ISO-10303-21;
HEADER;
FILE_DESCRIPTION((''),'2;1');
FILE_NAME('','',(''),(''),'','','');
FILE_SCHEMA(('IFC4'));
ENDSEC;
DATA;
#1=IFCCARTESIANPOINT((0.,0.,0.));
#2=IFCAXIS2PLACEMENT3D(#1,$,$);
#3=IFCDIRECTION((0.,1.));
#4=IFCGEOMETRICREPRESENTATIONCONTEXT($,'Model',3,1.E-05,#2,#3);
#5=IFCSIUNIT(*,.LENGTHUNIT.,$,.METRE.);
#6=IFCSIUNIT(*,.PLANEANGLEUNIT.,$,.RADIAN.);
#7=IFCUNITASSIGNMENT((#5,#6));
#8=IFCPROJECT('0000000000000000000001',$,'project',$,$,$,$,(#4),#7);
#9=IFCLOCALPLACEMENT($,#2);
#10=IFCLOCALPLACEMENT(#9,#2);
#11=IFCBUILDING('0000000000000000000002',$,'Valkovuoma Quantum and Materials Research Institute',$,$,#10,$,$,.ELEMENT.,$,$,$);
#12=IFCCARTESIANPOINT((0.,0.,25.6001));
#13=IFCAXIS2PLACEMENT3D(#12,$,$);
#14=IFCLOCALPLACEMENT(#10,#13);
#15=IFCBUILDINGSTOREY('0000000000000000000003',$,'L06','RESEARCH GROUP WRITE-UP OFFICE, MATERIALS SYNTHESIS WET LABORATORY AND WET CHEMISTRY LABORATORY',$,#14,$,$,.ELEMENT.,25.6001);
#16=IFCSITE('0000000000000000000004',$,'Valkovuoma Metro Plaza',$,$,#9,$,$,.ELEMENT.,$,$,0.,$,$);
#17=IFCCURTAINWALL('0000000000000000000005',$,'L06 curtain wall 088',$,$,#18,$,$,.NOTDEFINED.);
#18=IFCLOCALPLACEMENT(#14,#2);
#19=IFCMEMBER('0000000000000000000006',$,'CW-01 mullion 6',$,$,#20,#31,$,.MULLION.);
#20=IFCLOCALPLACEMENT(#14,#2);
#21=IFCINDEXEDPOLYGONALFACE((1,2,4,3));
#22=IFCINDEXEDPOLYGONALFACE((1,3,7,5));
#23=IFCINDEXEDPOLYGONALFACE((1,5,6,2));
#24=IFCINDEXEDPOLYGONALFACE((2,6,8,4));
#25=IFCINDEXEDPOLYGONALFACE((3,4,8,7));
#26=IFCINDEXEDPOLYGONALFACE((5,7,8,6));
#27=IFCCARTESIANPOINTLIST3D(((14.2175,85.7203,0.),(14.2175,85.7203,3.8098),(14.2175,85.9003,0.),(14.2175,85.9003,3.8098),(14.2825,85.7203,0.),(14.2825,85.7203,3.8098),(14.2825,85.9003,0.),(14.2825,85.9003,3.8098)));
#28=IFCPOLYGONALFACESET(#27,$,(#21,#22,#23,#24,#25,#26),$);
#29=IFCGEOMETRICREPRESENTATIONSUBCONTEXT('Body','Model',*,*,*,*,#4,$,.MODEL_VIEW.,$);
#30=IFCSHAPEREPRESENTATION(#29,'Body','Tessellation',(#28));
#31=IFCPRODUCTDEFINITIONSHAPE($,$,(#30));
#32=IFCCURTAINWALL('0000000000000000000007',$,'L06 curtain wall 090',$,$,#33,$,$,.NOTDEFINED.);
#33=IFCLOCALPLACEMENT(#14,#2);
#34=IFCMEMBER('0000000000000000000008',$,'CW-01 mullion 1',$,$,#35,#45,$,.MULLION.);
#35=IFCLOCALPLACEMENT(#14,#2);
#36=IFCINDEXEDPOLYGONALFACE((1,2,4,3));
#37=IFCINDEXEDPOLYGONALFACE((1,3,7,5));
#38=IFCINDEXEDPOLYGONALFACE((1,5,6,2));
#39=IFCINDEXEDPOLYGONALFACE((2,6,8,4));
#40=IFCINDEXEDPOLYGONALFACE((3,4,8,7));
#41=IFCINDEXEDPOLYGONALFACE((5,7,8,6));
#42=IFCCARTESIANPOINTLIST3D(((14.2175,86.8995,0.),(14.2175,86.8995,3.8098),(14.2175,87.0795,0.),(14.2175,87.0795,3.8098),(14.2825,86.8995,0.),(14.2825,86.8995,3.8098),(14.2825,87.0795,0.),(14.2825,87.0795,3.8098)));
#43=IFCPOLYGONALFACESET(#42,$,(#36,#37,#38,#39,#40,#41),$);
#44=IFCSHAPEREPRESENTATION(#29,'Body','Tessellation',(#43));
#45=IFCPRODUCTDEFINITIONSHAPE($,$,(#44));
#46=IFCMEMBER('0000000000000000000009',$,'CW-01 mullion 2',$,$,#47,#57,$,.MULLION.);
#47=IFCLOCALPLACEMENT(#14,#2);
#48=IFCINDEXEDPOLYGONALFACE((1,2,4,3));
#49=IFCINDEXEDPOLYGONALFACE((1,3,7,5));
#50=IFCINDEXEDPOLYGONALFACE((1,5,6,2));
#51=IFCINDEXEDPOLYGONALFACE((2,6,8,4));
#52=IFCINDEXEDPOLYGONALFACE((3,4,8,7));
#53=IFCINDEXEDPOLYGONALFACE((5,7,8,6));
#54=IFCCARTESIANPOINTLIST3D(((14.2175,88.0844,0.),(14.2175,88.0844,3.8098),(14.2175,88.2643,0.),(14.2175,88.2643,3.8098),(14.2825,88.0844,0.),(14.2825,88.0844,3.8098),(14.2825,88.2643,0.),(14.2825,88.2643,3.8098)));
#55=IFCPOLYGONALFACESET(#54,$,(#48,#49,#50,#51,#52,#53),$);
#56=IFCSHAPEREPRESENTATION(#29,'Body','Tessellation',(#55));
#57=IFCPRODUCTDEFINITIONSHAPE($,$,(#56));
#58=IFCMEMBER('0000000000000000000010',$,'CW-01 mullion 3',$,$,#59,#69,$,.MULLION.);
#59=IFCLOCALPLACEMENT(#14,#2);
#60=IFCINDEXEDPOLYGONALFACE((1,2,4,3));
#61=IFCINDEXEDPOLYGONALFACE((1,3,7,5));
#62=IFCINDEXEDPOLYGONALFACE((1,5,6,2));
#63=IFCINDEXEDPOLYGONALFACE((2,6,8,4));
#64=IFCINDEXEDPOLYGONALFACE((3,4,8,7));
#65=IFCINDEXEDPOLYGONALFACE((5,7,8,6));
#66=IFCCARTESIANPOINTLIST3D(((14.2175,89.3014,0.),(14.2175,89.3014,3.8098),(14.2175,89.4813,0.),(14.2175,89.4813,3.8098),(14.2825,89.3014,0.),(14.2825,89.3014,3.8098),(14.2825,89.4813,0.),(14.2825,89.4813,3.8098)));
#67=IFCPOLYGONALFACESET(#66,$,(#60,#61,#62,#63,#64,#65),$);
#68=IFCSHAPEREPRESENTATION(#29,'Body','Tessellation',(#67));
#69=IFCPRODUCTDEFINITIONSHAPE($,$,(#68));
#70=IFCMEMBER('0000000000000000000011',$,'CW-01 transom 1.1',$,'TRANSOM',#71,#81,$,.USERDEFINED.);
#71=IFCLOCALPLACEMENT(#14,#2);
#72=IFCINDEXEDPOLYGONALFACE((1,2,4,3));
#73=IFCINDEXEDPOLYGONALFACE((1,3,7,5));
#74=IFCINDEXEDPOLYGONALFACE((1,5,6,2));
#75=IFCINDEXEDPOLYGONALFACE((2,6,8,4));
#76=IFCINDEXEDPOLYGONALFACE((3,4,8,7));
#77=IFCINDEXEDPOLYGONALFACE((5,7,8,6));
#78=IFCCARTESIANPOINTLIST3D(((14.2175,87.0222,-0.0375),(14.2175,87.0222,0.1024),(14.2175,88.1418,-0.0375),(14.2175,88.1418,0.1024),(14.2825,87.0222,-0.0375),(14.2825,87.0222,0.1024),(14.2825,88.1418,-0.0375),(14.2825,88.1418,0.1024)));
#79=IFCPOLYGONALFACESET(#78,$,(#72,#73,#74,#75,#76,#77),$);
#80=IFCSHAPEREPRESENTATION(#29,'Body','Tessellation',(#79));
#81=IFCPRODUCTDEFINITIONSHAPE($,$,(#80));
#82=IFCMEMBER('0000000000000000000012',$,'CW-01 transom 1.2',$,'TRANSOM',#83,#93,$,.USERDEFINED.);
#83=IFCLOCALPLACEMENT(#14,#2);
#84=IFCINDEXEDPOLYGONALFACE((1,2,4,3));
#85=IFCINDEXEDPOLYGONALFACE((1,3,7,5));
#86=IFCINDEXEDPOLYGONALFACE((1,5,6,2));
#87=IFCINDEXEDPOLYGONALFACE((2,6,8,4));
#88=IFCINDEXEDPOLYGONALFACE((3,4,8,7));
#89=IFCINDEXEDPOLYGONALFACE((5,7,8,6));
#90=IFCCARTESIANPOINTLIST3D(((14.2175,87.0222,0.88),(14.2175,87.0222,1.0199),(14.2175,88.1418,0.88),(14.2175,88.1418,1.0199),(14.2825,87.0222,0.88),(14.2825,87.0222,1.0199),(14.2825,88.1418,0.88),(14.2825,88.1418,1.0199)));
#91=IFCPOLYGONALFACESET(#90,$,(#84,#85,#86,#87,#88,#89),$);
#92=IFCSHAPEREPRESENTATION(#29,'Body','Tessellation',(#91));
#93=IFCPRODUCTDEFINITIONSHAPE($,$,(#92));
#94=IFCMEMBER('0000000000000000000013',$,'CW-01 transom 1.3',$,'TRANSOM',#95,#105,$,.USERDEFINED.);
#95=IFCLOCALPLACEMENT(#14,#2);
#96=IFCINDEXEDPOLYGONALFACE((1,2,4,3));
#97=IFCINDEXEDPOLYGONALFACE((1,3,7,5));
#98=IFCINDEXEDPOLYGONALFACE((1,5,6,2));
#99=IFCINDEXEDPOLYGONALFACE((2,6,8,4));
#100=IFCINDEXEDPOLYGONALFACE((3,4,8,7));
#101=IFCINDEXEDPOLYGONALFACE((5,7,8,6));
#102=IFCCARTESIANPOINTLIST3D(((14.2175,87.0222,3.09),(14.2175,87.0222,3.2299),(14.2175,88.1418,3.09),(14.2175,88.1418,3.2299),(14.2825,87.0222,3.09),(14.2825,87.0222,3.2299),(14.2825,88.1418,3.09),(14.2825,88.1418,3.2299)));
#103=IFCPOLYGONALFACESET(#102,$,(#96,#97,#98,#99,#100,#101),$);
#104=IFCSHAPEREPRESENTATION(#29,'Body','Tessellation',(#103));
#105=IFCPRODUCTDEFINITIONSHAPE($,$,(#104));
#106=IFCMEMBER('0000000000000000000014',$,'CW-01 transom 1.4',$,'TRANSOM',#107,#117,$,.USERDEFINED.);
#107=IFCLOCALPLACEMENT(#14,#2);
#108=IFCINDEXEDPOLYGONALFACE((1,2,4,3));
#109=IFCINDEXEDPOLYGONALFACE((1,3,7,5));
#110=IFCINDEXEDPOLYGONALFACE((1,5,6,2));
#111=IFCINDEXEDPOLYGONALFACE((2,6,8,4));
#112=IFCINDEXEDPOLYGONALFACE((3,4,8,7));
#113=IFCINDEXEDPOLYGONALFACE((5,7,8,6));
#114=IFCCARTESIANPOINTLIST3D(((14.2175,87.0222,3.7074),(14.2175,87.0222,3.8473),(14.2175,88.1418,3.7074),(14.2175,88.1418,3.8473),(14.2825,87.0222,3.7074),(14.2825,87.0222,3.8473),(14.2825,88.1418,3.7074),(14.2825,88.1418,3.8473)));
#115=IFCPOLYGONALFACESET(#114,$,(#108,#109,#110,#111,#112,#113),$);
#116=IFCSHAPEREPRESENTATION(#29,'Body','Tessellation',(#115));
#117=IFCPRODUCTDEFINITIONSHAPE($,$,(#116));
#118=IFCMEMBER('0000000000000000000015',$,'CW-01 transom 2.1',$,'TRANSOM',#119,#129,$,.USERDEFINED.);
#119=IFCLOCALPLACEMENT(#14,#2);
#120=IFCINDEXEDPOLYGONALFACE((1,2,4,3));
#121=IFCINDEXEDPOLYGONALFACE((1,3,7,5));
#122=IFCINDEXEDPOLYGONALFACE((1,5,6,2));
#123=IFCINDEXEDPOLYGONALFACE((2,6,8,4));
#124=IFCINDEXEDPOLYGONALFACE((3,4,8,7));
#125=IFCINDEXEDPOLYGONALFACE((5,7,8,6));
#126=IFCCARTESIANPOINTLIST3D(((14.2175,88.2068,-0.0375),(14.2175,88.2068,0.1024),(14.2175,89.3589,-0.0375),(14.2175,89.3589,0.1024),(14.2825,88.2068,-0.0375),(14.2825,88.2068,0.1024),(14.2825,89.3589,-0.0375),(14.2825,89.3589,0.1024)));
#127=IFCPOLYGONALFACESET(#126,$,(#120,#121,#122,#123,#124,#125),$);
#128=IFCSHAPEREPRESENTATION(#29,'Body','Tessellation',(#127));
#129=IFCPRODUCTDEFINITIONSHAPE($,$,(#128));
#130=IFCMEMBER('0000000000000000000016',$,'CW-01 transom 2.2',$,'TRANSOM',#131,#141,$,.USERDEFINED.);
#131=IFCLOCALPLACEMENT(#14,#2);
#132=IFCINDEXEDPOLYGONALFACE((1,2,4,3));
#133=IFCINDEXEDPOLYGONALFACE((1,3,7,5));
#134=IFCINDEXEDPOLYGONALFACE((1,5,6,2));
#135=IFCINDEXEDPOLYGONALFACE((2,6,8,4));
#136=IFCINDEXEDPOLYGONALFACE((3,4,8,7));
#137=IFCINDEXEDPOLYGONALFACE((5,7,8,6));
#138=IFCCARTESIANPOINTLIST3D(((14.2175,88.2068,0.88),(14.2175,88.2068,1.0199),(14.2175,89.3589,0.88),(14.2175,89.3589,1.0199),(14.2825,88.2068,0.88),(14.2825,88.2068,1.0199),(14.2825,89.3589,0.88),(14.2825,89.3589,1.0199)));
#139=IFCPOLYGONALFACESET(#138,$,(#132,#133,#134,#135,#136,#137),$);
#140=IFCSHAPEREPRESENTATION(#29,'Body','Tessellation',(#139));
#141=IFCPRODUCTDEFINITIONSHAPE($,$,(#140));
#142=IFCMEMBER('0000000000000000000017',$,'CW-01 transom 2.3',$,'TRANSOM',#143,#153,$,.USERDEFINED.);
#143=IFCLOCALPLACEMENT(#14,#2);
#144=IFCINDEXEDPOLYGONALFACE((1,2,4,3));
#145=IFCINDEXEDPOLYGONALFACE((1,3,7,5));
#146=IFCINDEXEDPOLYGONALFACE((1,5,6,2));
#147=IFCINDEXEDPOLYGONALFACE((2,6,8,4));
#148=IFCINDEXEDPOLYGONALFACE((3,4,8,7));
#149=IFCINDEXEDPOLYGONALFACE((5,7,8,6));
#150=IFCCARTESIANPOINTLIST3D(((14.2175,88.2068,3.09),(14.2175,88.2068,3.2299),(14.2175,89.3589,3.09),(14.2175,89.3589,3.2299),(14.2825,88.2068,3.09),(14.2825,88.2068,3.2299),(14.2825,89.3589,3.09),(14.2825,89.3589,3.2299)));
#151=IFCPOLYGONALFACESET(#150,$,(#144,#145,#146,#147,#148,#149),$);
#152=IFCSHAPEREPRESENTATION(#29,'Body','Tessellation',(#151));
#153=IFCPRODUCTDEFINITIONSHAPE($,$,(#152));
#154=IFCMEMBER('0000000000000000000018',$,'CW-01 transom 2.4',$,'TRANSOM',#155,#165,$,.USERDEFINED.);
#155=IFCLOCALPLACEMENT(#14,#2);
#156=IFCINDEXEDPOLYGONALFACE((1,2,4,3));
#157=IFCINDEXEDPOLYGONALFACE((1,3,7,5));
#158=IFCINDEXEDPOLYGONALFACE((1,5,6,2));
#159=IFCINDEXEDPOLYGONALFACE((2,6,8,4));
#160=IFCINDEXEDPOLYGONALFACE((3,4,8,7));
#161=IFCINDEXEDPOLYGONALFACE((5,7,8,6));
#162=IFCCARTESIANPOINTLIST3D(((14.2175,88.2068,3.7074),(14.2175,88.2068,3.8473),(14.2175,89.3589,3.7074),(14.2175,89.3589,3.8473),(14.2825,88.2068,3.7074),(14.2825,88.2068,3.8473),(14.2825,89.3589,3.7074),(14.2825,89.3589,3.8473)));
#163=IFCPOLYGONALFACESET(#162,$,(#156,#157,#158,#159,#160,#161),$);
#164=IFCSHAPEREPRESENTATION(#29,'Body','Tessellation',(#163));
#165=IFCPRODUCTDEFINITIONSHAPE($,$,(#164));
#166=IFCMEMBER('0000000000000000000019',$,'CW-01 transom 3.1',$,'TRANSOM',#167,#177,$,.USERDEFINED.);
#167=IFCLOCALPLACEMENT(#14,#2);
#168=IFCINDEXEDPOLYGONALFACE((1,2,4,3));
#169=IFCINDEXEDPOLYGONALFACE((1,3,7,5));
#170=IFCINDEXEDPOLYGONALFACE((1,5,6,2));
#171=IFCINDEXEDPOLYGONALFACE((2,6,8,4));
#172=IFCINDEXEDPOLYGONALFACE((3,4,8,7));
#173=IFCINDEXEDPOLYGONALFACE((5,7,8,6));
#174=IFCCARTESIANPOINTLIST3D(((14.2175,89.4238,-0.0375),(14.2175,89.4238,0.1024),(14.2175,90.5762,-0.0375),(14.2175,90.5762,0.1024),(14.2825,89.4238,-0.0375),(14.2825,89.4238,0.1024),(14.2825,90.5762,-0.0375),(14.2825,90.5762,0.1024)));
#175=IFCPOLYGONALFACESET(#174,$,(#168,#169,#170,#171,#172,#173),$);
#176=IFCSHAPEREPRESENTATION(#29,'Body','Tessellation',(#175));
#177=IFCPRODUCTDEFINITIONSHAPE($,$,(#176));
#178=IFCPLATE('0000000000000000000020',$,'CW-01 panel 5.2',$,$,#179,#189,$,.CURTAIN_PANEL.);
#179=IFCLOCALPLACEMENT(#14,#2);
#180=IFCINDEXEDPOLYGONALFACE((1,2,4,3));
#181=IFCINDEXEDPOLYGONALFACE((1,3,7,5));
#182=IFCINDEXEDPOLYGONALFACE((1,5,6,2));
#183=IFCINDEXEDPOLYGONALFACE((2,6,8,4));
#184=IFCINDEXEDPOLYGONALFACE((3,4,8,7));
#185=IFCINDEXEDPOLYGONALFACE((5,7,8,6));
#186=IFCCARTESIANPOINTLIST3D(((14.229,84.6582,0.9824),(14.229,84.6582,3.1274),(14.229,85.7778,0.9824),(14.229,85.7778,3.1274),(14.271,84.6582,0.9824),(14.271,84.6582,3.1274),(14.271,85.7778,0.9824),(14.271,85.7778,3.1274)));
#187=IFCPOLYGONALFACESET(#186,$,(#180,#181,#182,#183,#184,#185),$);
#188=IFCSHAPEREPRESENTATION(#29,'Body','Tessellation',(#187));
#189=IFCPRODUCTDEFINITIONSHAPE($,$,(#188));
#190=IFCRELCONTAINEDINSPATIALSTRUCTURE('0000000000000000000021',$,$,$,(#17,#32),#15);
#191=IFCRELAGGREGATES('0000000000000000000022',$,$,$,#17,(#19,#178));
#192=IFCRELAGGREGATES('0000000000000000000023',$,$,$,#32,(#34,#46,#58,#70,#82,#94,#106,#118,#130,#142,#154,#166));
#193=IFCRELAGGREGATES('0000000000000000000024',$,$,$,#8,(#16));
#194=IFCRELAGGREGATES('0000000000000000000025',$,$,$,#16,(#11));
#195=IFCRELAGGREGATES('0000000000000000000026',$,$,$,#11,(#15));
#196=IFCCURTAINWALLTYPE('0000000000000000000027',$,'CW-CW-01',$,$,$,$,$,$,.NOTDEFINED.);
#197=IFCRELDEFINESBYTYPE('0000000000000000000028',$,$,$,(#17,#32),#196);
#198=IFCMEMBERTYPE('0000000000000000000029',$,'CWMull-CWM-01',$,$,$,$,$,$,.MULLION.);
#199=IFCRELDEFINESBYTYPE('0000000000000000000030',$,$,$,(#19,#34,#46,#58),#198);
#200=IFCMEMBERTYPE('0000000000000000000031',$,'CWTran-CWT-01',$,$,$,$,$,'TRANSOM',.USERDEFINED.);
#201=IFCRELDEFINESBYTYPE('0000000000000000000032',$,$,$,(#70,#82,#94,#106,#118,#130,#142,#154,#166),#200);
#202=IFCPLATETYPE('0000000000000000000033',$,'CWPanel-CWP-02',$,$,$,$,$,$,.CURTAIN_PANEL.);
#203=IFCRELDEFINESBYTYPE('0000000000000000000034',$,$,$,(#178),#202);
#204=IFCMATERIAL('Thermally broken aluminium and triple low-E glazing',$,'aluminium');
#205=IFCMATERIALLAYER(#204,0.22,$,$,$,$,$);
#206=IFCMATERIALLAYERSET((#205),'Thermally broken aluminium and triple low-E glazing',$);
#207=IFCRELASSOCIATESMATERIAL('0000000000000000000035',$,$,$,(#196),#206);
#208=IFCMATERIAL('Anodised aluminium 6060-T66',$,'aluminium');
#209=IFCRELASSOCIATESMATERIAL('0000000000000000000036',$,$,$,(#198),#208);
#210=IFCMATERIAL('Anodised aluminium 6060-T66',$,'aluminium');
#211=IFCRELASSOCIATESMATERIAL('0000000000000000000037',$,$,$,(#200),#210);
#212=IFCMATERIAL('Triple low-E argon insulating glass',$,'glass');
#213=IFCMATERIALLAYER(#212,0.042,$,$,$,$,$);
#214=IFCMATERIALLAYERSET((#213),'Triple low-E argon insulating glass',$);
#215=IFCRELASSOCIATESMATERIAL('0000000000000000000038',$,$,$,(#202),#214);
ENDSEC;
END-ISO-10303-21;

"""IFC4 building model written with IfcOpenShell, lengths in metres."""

from ifc_helpers import new_model, si_unit, direction, frame, origin, origin_2d, place, context, subcontext, project, spatial, rectangle, extrude, material, layer, layer_set, material_profile, profile_set, type_object, element, aggregate, save


model = new_model("IFC4")

# Units and contexts
model_context = context("Model", 3, precision=1e-05, world=origin(), true_north=direction((0.0, 1.0)))
body_context = subcontext(model_context, "Body", "Model", "MODEL_VIEW")
ifc_project = project(units=[si_unit("LENGTHUNIT", "METRE"), si_unit("PLANEANGLEUNIT", "RADIAN")], contexts=[model_context])

# Site, building, storey
site_placement = place(None, origin())
site = spatial("IfcSite", under=ifc_project, at=site_placement, Name="Valkovuoma Metro Plaza", CompositionType="ELEMENT", RefElevation=0.0)
building_placement = place(site_placement, origin())
building = spatial("IfcBuilding", under=site, at=building_placement, Name="Valkovuoma Quantum and Materials Research Institute", CompositionType="ELEMENT")
storey_placement = place(building_placement, frame((0.0, 0.0, 25.6001)))
storey = spatial("IfcBuildingStorey", under=building, at=storey_placement, Name="L06", Description="RESEARCH GROUP WRITE-UP OFFICE, MATERIALS SYNTHESIS WET LABORATORY AND WET CHEMISTRY LABORATORY", CompositionType="ELEMENT", Elevation=25.6001)

# Curtain wall, member
ifc_material_1 = material(Name="Thermally broken aluminium and triple low-E glazing", Category="aluminium")
ifc_layer_1 = layer(ifc_material_1, 0.22)
ifc_layer_set_1 = layer_set([ifc_layer_1], Name="Thermally broken aluminium and triple low-E glazing")
curtain_wall_type = type_object("IfcCurtainWallType", Name="CW-CW-01", PredefinedType="NOTDEFINED", material=ifc_layer_set_1)
curtain_wall_1_placement = place(storey_placement, origin())
curtain_wall_1 = element("IfcCurtainWall", 1, at=curtain_wall_1_placement, inside=storey, type_object=curtain_wall_type, Name="L06 curtain wall 088", PredefinedType="NOTDEFINED")
ifc_material_2 = material(Name="Anodised aluminium 6060-T66", Category="aluminium")
ifc_material_profile_1 = material_profile(ifc_material_2, rectangle(XDim=0.0649, YDim=0.1799, at=origin_2d()), Name="Anodised aluminium 6060-T66")
ifc_profile_set_1 = profile_set([ifc_material_profile_1], Name="Anodised aluminium 6060-T66")
member_type_1 = type_object("IfcMemberType", Name="CWMull-CWM-01", PredefinedType="MULLION", material=ifc_profile_set_1)
member_1_placement = place(storey_placement, frame((14.25, 85.8103, 0.0), z_axis=(0.0, 0.0, 1.0), x_axis=(-1.0, 0.0, 0.0)))
member_1 = element("IfcMember", 2, at=member_1_placement, type_object=member_type_1, Name="CW-01 mullion 6", PredefinedType="MULLION", context=body_context, shape_type="SweptSolid", body=[
    extrude(rectangle(XDim=0.0649, YDim=0.1799, at=origin_2d()), origin(), (0.0, 0.0, 1.0), 3.8098),
])

# Curtain wall, members
curtain_wall_2_placement = place(storey_placement, origin())
curtain_wall_2 = element("IfcCurtainWall", 3, at=curtain_wall_2_placement, inside=storey, type_object=curtain_wall_type, Name="L06 curtain wall 090", PredefinedType="NOTDEFINED")
member_2_placement = place(storey_placement, frame((14.25, 86.9895, 0.0), z_axis=(0.0, 0.0, 1.0), x_axis=(-1.0, 0.0, 0.0)))
member_2 = element("IfcMember", 4, at=member_2_placement, type_object=member_type_1, Name="CW-01 mullion 1", PredefinedType="MULLION", context=body_context, shape_type="SweptSolid", body=[
    extrude(rectangle(XDim=0.0649, YDim=0.1799, at=origin_2d()), origin(), (0.0, 0.0, 1.0), 3.8098),
])
member_3_placement = place(storey_placement, frame((14.25, 88.1743, 0.0), z_axis=(0.0, 0.0, 1.0), x_axis=(-1.0, 0.0, 0.0)))
member_3 = element("IfcMember", 5, at=member_3_placement, type_object=member_type_1, Name="CW-01 mullion 2", PredefinedType="MULLION", context=body_context, shape_type="SweptSolid", body=[
    extrude(rectangle(XDim=0.0649, YDim=0.1799, at=origin_2d()), origin(), (0.0, 0.0, 1.0), 3.8098),
])
member_4_placement = place(storey_placement, frame((14.25, 89.3914, 0.0), z_axis=(0.0, 0.0, 1.0), x_axis=(-1.0, 0.0, 0.0)))
member_4 = element("IfcMember", 6, at=member_4_placement, type_object=member_type_1, Name="CW-01 mullion 3", PredefinedType="MULLION", context=body_context, shape_type="SweptSolid", body=[
    extrude(rectangle(XDim=0.0649, YDim=0.1799, at=origin_2d()), origin(), (0.0, 0.0, 1.0), 3.8098),
])
ifc_material_3 = material(Name="Anodised aluminium 6060-T66", Category="aluminium")
ifc_material_profile_2 = material_profile(ifc_material_3, rectangle(XDim=0.0649, YDim=0.1399, at=origin_2d()), Name="Anodised aluminium 6060-T66")
ifc_profile_set_2 = profile_set([ifc_material_profile_2], Name="Anodised aluminium 6060-T66")
member_type_2 = type_object("IfcMemberType", Name="CWTran-CWT-01", ElementType="TRANSOM", PredefinedType="USERDEFINED", material=ifc_profile_set_2)
member_5_placement = place(storey_placement, frame((14.25, 87.0222, 0.0325), z_axis=(0.0, 1.0, 0.0), x_axis=(-1.0, 0.0, 0.0)))
member_5 = element("IfcMember", 7, at=member_5_placement, type_object=member_type_2, Name="CW-01 transom 1.1", ObjectType="TRANSOM", PredefinedType="USERDEFINED", context=body_context, shape_type="SweptSolid", body=[
    extrude(rectangle(XDim=0.0649, YDim=0.1399, at=origin_2d()), origin(), (0.0, 0.0, 1.0), 1.1196),
])
member_6_placement = place(storey_placement, frame((14.25, 87.0222, 0.95), z_axis=(0.0, 1.0, 0.0), x_axis=(-1.0, 0.0, 0.0)))
member_6 = element("IfcMember", 8, at=member_6_placement, type_object=member_type_2, Name="CW-01 transom 1.2", ObjectType="TRANSOM", PredefinedType="USERDEFINED", context=body_context, shape_type="SweptSolid", body=[
    extrude(rectangle(XDim=0.0649, YDim=0.1399, at=origin_2d()), origin(), (0.0, 0.0, 1.0), 1.1196),
])
member_7_placement = place(storey_placement, frame((14.25, 87.0222, 3.1599), z_axis=(0.0, 1.0, 0.0), x_axis=(-1.0, 0.0, 0.0)))
member_7 = element("IfcMember", 9, at=member_7_placement, type_object=member_type_2, Name="CW-01 transom 1.3", ObjectType="TRANSOM", PredefinedType="USERDEFINED", context=body_context, shape_type="SweptSolid", body=[
    extrude(rectangle(XDim=0.0649, YDim=0.1399, at=origin_2d()), origin(), (0.0, 0.0, 1.0), 1.1196),
])
member_8_placement = place(storey_placement, frame((14.25, 87.0222, 3.7773), z_axis=(0.0, 1.0, 0.0), x_axis=(-1.0, 0.0, 0.0)))
member_8 = element("IfcMember", 10, at=member_8_placement, type_object=member_type_2, Name="CW-01 transom 1.4", ObjectType="TRANSOM", PredefinedType="USERDEFINED", context=body_context, shape_type="SweptSolid", body=[
    extrude(rectangle(XDim=0.0649, YDim=0.1399, at=origin_2d()), origin(), (0.0, 0.0, 1.0), 1.1196),
])
member_9_placement = place(storey_placement, frame((14.25, 88.2068, 0.0325), z_axis=(0.0, 1.0, 0.0), x_axis=(-1.0, 0.0, 0.0)))
member_9 = element("IfcMember", 11, at=member_9_placement, type_object=member_type_2, Name="CW-01 transom 2.1", ObjectType="TRANSOM", PredefinedType="USERDEFINED", context=body_context, shape_type="SweptSolid", body=[
    extrude(rectangle(XDim=0.0649, YDim=0.1399, at=origin_2d()), origin(), (0.0, 0.0, 1.0), 1.1521),
])
member_10_placement = place(storey_placement, frame((14.25, 88.2068, 0.95), z_axis=(0.0, 1.0, 0.0), x_axis=(-1.0, 0.0, 0.0)))
member_10 = element("IfcMember", 12, at=member_10_placement, type_object=member_type_2, Name="CW-01 transom 2.2", ObjectType="TRANSOM", PredefinedType="USERDEFINED", context=body_context, shape_type="SweptSolid", body=[
    extrude(rectangle(XDim=0.0649, YDim=0.1399, at=origin_2d()), origin(), (0.0, 0.0, 1.0), 1.1521),
])
member_11_placement = place(storey_placement, frame((14.25, 88.2068, 3.1599), z_axis=(0.0, 1.0, 0.0), x_axis=(-1.0, 0.0, 0.0)))
member_11 = element("IfcMember", 13, at=member_11_placement, type_object=member_type_2, Name="CW-01 transom 2.3", ObjectType="TRANSOM", PredefinedType="USERDEFINED", context=body_context, shape_type="SweptSolid", body=[
    extrude(rectangle(XDim=0.0649, YDim=0.1399, at=origin_2d()), origin(), (0.0, 0.0, 1.0), 1.1521),
])
member_12_placement = place(storey_placement, frame((14.25, 88.2068, 3.7773), z_axis=(0.0, 1.0, 0.0), x_axis=(-1.0, 0.0, 0.0)))
member_12 = element("IfcMember", 14, at=member_12_placement, type_object=member_type_2, Name="CW-01 transom 2.4", ObjectType="TRANSOM", PredefinedType="USERDEFINED", context=body_context, shape_type="SweptSolid", body=[
    extrude(rectangle(XDim=0.0649, YDim=0.1399, at=origin_2d()), origin(), (0.0, 0.0, 1.0), 1.1521),
])
member_13_placement = place(storey_placement, frame((14.25, 89.4238, 0.0325), z_axis=(0.0, 1.0, 0.0), x_axis=(-1.0, 0.0, 0.0)))
member_13 = element("IfcMember", 15, at=member_13_placement, type_object=member_type_2, Name="CW-01 transom 3.1", ObjectType="TRANSOM", PredefinedType="USERDEFINED", context=body_context, shape_type="SweptSolid", body=[
    extrude(rectangle(XDim=0.0649, YDim=0.1399, at=origin_2d()), origin(), (0.0, 0.0, 1.0), 1.1523),
])

# Plate
ifc_material_4 = material(Name="Triple low-E argon insulating glass", Category="glass")
ifc_layer_2 = layer(ifc_material_4, 0.042)
ifc_layer_set_2 = layer_set([ifc_layer_2], Name="Triple low-E argon insulating glass")
plate_type = type_object("IfcPlateType", Name="CWPanel-CWP-02", PredefinedType="CURTAIN_PANEL", material=ifc_layer_set_2)
plate_1_placement = place(storey_placement, frame((14.25, 85.218, 0.9824), z_axis=(0.0, 0.0, 1.0), x_axis=(0.0, 1.0, 0.0)))
plate_1 = element("IfcPlate", 16, at=plate_1_placement, type_object=plate_type, Name="CW-01 panel 5.2", PredefinedType="CURTAIN_PANEL", context=body_context, shape_type="SweptSolid", body=[
    extrude(rectangle(XDim=1.1196, YDim=0.042, at=origin_2d()), origin(), (0.0, 0.0, 1.0), 2.145),
])
aggregate(curtain_wall_1, [member_1, plate_1])
aggregate(curtain_wall_2, [member_2, member_3, member_4, member_5, member_6, member_7, member_8, member_9, member_10, member_11, member_12, member_13])

save(model, "model.ifc")
